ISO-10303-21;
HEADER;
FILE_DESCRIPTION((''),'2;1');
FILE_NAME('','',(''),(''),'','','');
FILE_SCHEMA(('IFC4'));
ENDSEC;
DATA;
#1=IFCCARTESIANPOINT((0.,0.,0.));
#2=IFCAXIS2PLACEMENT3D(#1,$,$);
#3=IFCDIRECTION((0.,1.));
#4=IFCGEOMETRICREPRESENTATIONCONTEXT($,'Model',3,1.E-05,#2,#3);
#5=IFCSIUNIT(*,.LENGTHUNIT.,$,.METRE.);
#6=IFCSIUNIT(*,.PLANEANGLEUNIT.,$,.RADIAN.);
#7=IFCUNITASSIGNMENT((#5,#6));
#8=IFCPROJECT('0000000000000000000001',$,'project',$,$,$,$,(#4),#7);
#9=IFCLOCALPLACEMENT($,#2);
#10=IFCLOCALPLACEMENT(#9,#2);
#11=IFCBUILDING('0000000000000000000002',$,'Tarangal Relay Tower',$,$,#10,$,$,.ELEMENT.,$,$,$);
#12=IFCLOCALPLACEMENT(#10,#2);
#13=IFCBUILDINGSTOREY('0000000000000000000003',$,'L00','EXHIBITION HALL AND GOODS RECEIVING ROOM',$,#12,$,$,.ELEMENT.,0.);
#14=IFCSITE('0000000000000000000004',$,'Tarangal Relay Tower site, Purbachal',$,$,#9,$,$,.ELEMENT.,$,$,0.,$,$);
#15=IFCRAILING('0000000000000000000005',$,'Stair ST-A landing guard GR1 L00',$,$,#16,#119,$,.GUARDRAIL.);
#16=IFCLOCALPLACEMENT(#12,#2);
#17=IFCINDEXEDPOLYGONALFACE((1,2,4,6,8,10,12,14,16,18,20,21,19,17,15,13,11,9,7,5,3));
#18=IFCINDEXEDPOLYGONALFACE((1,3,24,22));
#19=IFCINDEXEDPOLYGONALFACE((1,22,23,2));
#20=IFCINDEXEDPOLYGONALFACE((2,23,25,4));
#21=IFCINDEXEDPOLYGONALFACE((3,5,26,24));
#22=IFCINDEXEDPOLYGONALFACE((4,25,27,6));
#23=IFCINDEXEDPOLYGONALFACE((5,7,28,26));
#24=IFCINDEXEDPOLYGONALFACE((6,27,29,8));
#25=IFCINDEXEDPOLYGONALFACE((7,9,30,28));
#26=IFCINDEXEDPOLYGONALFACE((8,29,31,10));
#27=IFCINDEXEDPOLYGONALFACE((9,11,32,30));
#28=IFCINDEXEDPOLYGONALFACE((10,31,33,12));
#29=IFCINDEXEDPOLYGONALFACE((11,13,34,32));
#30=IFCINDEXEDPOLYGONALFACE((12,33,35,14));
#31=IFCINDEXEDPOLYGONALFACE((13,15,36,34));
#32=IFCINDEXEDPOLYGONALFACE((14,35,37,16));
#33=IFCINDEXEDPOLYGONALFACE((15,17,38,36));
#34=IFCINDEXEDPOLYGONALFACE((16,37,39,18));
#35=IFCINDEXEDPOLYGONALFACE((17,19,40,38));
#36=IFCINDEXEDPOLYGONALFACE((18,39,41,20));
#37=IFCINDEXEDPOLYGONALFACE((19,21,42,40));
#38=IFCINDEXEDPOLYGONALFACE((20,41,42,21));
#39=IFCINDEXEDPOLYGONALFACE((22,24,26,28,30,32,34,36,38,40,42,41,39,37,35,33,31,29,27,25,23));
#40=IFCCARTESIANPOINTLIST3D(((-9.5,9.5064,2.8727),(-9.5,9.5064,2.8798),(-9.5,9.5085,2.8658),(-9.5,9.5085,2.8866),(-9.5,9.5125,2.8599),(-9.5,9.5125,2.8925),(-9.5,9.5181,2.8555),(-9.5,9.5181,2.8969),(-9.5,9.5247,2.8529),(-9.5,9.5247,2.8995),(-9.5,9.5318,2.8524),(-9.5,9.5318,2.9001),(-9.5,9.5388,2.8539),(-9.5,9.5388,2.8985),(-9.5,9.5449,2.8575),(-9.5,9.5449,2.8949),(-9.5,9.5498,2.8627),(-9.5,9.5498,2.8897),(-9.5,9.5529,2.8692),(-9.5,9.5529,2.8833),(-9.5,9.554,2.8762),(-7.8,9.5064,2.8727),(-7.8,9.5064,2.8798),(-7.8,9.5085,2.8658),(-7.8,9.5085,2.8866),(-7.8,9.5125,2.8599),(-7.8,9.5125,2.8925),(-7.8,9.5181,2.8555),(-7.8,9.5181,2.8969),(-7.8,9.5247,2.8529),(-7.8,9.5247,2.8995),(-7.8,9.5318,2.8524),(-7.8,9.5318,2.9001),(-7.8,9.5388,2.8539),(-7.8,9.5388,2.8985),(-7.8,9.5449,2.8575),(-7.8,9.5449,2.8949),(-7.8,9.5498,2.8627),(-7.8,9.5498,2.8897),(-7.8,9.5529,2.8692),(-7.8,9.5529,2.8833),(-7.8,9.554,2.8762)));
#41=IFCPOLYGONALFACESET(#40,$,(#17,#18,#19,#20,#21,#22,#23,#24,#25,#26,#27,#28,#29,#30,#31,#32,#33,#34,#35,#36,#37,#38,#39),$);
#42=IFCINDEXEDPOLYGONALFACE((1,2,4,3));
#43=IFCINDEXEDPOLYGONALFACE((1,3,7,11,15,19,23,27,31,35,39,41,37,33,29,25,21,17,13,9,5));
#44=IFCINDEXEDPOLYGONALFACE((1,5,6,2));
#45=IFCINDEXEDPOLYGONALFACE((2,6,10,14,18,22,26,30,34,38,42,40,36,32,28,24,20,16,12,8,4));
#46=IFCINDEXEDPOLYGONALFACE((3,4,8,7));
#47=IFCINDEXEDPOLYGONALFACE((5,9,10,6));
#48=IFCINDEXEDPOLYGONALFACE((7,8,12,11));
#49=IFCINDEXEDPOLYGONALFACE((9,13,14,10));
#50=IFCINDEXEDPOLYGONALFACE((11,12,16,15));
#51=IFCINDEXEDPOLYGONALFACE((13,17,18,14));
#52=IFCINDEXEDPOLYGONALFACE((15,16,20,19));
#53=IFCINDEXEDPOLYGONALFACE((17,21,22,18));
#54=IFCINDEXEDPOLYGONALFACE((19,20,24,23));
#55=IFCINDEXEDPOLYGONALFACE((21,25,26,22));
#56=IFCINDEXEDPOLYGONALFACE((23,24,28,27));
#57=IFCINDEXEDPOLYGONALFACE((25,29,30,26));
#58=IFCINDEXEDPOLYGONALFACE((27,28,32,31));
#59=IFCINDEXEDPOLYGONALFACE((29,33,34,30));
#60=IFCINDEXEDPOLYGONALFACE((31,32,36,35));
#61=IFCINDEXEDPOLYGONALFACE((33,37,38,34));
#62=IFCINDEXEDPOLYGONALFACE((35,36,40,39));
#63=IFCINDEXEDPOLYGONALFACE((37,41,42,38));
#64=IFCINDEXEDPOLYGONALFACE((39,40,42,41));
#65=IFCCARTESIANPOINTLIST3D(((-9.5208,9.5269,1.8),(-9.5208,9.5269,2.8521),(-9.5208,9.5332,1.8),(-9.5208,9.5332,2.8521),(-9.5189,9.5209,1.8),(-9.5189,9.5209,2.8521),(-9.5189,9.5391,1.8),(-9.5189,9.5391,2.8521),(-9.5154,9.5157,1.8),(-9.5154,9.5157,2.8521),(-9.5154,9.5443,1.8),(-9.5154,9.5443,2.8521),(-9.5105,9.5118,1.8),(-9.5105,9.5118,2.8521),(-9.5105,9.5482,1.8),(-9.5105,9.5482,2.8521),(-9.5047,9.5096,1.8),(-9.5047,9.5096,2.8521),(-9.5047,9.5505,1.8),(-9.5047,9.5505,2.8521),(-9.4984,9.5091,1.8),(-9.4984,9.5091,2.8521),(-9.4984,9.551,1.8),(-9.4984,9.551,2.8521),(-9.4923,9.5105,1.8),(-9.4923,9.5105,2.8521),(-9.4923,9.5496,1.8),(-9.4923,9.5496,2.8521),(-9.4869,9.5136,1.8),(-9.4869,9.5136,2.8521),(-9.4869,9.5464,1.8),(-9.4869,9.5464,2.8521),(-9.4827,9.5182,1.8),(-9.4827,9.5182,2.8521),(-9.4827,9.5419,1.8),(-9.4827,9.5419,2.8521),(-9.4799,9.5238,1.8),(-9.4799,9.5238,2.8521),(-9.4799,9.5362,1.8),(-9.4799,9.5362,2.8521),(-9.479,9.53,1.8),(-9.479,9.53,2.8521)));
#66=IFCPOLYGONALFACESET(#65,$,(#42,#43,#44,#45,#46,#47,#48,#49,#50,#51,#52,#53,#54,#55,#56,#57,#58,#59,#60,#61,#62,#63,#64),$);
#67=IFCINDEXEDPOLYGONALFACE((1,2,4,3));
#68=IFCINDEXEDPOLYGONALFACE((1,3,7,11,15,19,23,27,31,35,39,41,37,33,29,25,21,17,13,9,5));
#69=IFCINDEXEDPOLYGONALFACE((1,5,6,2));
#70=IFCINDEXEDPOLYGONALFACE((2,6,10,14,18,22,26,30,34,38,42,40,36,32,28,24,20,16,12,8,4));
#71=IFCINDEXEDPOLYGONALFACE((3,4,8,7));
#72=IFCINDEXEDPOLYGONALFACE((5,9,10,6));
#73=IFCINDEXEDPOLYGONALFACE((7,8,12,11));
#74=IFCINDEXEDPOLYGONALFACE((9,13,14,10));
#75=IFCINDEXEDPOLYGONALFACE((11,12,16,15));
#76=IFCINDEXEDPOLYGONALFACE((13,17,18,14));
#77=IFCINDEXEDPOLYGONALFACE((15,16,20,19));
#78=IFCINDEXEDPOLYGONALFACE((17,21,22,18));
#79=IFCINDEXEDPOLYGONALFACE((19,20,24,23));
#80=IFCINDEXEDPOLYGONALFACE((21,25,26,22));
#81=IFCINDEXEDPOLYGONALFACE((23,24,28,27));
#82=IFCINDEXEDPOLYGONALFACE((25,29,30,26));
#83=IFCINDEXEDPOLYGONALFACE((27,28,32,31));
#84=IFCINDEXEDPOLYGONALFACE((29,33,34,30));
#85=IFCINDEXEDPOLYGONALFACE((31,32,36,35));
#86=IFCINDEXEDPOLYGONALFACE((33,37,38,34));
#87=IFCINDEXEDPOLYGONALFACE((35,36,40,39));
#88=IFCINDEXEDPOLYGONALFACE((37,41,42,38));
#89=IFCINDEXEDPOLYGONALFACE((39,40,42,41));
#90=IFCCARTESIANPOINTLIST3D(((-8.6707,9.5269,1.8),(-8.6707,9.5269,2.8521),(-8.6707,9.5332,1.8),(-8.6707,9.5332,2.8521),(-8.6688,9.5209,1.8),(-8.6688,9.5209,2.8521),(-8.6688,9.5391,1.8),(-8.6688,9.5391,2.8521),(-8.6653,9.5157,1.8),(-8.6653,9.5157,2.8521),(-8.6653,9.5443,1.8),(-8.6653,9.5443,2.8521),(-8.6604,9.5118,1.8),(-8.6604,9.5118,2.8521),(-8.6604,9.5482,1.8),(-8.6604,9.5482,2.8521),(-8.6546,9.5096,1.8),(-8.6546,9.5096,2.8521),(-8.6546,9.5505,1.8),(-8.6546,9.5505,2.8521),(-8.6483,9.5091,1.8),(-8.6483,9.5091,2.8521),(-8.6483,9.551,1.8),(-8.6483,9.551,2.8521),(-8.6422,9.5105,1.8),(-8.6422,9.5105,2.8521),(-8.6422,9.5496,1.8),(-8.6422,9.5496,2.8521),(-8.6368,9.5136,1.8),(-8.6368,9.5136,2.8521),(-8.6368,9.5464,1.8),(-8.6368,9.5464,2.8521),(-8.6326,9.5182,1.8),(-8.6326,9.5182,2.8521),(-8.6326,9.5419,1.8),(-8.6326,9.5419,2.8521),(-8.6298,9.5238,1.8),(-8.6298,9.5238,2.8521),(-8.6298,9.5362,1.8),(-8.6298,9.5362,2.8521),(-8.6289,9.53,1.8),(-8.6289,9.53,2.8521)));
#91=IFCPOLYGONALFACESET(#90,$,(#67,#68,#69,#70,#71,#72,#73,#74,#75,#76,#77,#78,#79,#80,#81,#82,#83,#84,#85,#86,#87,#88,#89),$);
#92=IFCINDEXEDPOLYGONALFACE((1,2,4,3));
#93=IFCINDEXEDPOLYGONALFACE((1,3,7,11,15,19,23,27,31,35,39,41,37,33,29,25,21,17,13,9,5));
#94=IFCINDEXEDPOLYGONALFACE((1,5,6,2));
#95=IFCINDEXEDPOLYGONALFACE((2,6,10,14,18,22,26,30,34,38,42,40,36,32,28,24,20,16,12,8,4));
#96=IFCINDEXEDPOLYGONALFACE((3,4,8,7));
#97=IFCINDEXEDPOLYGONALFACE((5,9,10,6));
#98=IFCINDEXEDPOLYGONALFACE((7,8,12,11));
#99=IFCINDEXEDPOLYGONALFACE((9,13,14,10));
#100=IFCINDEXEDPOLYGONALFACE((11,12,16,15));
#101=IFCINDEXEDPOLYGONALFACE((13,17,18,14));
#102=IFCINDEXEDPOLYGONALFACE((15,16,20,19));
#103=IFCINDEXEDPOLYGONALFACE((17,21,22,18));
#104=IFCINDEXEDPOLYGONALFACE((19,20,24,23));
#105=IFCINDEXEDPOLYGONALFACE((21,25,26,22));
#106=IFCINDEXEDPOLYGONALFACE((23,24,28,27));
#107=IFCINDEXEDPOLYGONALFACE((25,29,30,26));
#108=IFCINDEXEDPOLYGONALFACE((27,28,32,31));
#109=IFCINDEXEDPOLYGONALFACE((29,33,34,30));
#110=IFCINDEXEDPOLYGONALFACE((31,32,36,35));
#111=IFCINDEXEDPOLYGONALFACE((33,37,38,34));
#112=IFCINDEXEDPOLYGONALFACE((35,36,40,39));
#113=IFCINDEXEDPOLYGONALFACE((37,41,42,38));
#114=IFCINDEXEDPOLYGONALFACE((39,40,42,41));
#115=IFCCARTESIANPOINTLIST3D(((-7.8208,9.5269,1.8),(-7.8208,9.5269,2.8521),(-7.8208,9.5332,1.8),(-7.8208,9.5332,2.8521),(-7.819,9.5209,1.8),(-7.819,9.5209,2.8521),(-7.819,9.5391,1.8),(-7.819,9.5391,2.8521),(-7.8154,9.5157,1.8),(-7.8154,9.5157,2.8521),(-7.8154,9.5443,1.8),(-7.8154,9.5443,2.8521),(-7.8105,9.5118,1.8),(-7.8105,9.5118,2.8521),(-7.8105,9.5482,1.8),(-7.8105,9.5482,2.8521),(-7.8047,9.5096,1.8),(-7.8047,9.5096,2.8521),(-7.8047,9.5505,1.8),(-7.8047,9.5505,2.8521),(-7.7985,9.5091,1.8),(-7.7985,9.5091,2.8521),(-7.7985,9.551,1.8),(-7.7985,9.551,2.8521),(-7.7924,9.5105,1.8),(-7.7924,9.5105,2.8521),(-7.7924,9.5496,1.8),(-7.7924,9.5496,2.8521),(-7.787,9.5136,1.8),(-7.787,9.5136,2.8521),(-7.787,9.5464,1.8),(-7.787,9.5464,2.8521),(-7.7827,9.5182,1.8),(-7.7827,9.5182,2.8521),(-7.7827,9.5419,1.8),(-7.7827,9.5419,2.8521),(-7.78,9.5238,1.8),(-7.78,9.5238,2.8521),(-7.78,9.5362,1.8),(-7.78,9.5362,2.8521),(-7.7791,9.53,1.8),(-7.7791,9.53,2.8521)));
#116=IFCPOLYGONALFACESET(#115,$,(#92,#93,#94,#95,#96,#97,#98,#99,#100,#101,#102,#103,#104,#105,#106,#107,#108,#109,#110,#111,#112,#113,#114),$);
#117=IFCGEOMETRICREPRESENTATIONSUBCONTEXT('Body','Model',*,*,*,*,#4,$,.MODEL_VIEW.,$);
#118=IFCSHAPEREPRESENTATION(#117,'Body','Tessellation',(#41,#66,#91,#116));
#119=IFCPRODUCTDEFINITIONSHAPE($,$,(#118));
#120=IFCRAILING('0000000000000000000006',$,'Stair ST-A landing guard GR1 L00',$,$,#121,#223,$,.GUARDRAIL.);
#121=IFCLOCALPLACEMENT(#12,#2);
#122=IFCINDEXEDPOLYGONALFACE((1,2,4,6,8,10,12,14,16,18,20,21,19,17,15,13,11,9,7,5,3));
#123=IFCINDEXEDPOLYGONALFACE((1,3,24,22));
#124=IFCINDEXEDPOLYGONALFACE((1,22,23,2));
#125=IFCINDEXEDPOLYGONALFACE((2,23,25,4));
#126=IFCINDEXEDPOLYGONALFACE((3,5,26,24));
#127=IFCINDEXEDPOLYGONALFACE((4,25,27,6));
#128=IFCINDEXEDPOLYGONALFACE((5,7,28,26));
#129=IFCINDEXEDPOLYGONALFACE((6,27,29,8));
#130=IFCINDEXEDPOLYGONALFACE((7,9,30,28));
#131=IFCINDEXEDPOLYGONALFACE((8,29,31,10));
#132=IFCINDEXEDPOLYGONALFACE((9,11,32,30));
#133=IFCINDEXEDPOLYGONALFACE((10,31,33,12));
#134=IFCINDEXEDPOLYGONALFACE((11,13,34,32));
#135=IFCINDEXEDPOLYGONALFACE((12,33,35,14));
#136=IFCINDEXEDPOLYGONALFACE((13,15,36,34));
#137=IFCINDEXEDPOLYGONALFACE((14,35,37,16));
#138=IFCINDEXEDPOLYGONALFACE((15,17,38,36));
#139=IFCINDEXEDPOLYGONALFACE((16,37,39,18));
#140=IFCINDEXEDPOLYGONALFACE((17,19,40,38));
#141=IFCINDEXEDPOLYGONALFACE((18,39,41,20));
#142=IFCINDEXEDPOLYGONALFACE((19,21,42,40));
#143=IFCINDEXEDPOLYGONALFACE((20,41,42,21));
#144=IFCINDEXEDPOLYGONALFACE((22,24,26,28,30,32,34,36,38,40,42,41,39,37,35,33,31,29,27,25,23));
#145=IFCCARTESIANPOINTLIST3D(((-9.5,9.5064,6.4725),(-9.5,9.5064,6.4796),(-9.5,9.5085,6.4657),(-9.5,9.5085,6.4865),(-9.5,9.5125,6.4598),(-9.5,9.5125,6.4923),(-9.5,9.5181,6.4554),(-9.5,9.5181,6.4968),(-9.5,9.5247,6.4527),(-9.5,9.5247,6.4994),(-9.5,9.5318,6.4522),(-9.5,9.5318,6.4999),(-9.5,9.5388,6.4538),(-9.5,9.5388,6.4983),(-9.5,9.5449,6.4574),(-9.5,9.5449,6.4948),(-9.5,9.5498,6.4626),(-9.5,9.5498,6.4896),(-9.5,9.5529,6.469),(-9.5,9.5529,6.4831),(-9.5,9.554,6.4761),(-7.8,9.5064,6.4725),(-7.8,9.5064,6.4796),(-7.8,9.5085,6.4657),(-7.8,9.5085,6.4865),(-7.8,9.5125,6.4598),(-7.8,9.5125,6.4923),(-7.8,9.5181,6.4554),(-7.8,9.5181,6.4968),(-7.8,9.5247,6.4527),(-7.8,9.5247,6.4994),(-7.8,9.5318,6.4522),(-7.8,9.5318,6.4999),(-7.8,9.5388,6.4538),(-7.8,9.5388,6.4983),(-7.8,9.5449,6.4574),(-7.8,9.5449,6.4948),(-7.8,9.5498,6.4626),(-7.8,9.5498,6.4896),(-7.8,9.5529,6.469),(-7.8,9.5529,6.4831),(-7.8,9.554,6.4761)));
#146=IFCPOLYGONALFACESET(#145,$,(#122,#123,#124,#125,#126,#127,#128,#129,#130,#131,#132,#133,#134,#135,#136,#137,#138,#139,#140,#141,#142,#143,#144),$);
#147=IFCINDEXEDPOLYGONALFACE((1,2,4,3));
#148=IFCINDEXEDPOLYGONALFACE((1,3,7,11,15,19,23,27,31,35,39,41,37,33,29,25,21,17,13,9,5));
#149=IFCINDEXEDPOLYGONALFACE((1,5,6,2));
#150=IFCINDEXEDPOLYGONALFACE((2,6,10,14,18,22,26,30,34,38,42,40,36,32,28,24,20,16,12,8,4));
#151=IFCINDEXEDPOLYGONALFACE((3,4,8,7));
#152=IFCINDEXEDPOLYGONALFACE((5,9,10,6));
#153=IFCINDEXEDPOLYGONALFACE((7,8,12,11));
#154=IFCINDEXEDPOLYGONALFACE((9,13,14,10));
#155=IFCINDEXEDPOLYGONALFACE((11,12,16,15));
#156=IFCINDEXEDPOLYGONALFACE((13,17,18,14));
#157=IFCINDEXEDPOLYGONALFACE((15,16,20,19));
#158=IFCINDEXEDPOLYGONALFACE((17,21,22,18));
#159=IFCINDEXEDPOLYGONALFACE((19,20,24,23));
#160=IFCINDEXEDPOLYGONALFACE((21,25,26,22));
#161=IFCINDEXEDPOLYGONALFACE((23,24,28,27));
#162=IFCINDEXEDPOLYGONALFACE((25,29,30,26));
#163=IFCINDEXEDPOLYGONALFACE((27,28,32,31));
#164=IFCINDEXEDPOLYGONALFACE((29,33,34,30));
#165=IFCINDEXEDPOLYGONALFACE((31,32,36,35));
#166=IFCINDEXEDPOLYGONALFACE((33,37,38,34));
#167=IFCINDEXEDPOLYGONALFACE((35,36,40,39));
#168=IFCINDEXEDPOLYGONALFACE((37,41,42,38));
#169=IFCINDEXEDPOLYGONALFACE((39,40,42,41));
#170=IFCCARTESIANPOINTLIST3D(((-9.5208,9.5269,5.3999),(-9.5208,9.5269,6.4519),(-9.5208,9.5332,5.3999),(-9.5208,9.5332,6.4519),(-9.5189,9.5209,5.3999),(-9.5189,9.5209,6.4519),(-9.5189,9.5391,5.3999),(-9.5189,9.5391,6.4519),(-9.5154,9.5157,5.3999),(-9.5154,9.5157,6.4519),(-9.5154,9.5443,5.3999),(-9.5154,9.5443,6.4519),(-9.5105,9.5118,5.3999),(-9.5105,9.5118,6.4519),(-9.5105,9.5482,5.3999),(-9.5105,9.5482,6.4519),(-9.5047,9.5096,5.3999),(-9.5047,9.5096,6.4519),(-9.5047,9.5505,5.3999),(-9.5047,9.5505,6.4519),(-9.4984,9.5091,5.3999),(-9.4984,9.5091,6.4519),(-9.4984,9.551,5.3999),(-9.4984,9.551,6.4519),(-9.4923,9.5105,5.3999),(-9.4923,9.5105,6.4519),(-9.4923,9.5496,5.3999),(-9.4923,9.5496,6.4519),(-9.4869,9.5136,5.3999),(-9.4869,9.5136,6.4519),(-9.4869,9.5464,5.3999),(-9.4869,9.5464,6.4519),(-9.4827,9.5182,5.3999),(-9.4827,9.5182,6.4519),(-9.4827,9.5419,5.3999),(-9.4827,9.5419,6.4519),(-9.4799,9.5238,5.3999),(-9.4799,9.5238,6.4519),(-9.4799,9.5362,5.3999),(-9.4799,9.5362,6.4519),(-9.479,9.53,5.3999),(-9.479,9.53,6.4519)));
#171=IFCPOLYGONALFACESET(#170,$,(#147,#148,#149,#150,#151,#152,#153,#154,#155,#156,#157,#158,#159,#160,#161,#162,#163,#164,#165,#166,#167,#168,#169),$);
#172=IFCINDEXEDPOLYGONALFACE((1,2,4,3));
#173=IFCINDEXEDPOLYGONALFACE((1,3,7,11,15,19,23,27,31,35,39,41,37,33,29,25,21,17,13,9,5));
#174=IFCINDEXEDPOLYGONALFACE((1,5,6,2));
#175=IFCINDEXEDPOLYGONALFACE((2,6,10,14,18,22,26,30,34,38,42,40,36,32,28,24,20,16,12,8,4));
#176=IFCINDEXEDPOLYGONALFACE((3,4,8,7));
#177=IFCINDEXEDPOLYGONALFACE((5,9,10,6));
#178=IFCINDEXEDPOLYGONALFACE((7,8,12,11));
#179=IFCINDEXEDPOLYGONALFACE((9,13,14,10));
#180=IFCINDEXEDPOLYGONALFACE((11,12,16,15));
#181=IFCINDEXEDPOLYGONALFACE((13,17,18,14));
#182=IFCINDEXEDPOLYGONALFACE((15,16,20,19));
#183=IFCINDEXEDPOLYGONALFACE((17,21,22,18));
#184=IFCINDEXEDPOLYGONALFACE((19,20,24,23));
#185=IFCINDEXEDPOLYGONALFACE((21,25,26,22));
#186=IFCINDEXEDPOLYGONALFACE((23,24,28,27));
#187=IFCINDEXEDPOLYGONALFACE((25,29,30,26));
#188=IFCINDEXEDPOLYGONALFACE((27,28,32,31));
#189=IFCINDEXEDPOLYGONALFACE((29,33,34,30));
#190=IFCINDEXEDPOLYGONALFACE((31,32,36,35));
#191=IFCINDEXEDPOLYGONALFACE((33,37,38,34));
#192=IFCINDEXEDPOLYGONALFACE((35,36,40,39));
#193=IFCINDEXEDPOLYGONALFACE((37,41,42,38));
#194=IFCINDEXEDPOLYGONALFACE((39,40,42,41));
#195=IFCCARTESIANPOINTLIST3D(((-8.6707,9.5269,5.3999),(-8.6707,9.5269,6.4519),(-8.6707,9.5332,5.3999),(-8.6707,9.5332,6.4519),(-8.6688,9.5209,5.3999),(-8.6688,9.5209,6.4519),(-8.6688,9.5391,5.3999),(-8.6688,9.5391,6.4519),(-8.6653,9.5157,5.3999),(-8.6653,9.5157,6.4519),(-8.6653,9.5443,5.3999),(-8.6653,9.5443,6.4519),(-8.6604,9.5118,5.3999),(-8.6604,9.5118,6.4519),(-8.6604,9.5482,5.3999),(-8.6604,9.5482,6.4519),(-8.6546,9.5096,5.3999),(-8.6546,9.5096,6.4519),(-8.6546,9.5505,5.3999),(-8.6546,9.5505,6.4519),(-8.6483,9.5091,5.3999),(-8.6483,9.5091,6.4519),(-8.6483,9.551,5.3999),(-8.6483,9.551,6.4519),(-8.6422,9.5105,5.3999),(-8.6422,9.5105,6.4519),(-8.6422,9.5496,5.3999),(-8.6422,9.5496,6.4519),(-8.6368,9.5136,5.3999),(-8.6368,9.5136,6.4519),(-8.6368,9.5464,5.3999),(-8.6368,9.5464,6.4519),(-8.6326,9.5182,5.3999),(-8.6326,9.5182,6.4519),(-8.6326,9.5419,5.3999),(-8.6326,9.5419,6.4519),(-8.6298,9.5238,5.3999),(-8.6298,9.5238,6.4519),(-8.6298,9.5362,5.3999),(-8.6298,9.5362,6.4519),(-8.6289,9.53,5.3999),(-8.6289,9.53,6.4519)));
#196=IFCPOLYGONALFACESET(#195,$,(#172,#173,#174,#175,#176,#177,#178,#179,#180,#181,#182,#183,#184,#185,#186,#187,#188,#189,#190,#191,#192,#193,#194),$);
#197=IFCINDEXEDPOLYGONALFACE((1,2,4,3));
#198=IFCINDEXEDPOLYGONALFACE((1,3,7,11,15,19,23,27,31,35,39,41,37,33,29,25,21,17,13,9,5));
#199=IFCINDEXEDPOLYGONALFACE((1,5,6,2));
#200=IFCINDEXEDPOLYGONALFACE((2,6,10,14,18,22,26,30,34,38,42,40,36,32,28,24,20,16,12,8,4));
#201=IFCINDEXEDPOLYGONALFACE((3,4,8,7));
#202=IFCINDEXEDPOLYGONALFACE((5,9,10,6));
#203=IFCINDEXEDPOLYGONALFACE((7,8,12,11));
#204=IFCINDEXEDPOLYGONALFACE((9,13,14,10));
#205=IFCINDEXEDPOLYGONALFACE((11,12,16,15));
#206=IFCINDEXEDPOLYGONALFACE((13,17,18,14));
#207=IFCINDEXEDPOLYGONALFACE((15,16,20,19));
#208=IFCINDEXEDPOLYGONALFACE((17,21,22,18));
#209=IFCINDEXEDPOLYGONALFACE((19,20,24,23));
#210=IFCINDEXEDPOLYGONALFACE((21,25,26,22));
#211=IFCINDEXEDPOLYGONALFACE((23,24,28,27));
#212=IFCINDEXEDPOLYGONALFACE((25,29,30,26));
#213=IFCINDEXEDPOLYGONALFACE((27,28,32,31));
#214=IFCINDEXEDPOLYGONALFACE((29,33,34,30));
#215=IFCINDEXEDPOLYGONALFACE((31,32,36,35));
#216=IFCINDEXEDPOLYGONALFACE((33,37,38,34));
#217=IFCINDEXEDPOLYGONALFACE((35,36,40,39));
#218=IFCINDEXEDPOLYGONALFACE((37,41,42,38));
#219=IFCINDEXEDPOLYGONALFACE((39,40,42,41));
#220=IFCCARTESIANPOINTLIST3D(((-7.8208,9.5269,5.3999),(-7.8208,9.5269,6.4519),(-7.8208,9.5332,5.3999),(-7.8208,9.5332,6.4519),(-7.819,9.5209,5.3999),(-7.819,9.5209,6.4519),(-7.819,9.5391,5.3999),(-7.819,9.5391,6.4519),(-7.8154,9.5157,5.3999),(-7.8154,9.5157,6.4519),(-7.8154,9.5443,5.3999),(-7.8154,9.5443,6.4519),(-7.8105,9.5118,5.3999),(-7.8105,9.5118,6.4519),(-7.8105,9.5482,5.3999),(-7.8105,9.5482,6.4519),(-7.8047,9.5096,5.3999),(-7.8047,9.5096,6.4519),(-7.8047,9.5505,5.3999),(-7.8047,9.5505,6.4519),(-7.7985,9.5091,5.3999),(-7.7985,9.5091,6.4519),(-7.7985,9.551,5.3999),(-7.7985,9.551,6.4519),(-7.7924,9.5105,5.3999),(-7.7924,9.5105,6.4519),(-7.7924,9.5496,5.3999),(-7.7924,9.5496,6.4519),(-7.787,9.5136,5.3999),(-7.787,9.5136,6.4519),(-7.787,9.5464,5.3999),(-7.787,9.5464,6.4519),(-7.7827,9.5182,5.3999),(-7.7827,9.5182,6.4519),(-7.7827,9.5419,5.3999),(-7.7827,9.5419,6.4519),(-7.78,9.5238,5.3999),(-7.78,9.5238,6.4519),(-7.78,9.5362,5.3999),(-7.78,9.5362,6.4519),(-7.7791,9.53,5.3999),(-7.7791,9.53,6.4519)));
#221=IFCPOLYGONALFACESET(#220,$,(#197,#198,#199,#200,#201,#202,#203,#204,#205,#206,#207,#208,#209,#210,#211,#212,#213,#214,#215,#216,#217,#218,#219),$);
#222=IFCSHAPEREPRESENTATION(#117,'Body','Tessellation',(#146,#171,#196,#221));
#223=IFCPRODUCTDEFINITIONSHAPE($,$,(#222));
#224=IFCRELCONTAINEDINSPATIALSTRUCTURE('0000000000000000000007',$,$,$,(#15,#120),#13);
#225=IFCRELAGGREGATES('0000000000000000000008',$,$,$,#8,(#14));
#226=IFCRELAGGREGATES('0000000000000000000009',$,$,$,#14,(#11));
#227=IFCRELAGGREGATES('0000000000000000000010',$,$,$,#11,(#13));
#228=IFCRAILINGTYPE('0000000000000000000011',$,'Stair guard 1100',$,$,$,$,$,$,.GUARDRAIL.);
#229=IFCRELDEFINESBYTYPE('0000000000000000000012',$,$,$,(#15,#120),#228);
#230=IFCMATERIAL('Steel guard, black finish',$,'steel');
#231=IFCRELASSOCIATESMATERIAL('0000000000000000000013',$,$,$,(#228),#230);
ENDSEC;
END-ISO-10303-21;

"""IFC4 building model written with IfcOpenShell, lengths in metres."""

from ifc_helpers import new_model, si_unit, direction, frame, origin, origin_2d, place, context, subcontext, project, spatial, circle, extrude, material, type_object, element, save


model = new_model("IFC4")

# Units and contexts
model_context = context("Model", 3, precision=1e-05, world=origin(), true_north=direction((0.0, 1.0)))
body_context = subcontext(model_context, "Body", "Model", "MODEL_VIEW")
ifc_project = project(units=[si_unit("LENGTHUNIT", "METRE"), si_unit("PLANEANGLEUNIT", "RADIAN")], contexts=[model_context])

# Site, building, storey
site_placement = place(None, origin())
site = spatial("IfcSite", under=ifc_project, at=site_placement, Name="Tarangal Relay Tower site, Purbachal", CompositionType="ELEMENT", RefElevation=0.0)
building_placement = place(site_placement, origin())
building = spatial("IfcBuilding", under=site, at=building_placement, Name="Tarangal Relay Tower", CompositionType="ELEMENT")
storey_placement = place(building_placement, origin())
storey = spatial("IfcBuildingStorey", under=building, at=storey_placement, Name="L00", Description="EXHIBITION HALL AND GOODS RECEIVING ROOM", CompositionType="ELEMENT", Elevation=0.0)

# Railings
ifc_material_1 = material(Name="Steel guard, black finish", Category="steel")
railing_type_1 = type_object("IfcRailingType", Name="Stair guard 1100", PredefinedType="GUARDRAIL", material=ifc_material_1)
for number, where, name in (
    (1, (-9.5, 9.53, 1.8), "Stair ST-A landing guard GR1 L00"),
    (2, (-9.5, 9.53, 5.3999), "Stair ST-A landing guard GR1 L00"),
):
    element("IfcRailing", number, at=place(storey_placement, frame(where)), inside=storey, type_object=railing_type_1, Name=name, PredefinedType="GUARDRAIL", context=body_context, shape_type="SweptSolid", body=[
        extrude(circle(Radius=0.0239, at=origin_2d()), frame((0.0, 0.0, 1.0762), z_axis=(1.0, 0.0, 0.0), x_axis=(0.0, 1.0, 0.0)), (0.0, 0.0, 1.0), 1.7),
        extrude(circle(Radius=0.021, at=origin_2d()), origin(), (0.0, 0.0, 1.0), 1.052),
        extrude(circle(Radius=0.021, at=origin_2d()), frame((0.8501, 0.0, 0.0)), (0.0, 0.0, 1.0), 1.052),
        extrude(circle(Radius=0.021, at=origin_2d()), frame((1.7, 0.0, 0.0)), (0.0, 0.0, 1.0), 1.052),
    ])

save(model, "model.ifc")
